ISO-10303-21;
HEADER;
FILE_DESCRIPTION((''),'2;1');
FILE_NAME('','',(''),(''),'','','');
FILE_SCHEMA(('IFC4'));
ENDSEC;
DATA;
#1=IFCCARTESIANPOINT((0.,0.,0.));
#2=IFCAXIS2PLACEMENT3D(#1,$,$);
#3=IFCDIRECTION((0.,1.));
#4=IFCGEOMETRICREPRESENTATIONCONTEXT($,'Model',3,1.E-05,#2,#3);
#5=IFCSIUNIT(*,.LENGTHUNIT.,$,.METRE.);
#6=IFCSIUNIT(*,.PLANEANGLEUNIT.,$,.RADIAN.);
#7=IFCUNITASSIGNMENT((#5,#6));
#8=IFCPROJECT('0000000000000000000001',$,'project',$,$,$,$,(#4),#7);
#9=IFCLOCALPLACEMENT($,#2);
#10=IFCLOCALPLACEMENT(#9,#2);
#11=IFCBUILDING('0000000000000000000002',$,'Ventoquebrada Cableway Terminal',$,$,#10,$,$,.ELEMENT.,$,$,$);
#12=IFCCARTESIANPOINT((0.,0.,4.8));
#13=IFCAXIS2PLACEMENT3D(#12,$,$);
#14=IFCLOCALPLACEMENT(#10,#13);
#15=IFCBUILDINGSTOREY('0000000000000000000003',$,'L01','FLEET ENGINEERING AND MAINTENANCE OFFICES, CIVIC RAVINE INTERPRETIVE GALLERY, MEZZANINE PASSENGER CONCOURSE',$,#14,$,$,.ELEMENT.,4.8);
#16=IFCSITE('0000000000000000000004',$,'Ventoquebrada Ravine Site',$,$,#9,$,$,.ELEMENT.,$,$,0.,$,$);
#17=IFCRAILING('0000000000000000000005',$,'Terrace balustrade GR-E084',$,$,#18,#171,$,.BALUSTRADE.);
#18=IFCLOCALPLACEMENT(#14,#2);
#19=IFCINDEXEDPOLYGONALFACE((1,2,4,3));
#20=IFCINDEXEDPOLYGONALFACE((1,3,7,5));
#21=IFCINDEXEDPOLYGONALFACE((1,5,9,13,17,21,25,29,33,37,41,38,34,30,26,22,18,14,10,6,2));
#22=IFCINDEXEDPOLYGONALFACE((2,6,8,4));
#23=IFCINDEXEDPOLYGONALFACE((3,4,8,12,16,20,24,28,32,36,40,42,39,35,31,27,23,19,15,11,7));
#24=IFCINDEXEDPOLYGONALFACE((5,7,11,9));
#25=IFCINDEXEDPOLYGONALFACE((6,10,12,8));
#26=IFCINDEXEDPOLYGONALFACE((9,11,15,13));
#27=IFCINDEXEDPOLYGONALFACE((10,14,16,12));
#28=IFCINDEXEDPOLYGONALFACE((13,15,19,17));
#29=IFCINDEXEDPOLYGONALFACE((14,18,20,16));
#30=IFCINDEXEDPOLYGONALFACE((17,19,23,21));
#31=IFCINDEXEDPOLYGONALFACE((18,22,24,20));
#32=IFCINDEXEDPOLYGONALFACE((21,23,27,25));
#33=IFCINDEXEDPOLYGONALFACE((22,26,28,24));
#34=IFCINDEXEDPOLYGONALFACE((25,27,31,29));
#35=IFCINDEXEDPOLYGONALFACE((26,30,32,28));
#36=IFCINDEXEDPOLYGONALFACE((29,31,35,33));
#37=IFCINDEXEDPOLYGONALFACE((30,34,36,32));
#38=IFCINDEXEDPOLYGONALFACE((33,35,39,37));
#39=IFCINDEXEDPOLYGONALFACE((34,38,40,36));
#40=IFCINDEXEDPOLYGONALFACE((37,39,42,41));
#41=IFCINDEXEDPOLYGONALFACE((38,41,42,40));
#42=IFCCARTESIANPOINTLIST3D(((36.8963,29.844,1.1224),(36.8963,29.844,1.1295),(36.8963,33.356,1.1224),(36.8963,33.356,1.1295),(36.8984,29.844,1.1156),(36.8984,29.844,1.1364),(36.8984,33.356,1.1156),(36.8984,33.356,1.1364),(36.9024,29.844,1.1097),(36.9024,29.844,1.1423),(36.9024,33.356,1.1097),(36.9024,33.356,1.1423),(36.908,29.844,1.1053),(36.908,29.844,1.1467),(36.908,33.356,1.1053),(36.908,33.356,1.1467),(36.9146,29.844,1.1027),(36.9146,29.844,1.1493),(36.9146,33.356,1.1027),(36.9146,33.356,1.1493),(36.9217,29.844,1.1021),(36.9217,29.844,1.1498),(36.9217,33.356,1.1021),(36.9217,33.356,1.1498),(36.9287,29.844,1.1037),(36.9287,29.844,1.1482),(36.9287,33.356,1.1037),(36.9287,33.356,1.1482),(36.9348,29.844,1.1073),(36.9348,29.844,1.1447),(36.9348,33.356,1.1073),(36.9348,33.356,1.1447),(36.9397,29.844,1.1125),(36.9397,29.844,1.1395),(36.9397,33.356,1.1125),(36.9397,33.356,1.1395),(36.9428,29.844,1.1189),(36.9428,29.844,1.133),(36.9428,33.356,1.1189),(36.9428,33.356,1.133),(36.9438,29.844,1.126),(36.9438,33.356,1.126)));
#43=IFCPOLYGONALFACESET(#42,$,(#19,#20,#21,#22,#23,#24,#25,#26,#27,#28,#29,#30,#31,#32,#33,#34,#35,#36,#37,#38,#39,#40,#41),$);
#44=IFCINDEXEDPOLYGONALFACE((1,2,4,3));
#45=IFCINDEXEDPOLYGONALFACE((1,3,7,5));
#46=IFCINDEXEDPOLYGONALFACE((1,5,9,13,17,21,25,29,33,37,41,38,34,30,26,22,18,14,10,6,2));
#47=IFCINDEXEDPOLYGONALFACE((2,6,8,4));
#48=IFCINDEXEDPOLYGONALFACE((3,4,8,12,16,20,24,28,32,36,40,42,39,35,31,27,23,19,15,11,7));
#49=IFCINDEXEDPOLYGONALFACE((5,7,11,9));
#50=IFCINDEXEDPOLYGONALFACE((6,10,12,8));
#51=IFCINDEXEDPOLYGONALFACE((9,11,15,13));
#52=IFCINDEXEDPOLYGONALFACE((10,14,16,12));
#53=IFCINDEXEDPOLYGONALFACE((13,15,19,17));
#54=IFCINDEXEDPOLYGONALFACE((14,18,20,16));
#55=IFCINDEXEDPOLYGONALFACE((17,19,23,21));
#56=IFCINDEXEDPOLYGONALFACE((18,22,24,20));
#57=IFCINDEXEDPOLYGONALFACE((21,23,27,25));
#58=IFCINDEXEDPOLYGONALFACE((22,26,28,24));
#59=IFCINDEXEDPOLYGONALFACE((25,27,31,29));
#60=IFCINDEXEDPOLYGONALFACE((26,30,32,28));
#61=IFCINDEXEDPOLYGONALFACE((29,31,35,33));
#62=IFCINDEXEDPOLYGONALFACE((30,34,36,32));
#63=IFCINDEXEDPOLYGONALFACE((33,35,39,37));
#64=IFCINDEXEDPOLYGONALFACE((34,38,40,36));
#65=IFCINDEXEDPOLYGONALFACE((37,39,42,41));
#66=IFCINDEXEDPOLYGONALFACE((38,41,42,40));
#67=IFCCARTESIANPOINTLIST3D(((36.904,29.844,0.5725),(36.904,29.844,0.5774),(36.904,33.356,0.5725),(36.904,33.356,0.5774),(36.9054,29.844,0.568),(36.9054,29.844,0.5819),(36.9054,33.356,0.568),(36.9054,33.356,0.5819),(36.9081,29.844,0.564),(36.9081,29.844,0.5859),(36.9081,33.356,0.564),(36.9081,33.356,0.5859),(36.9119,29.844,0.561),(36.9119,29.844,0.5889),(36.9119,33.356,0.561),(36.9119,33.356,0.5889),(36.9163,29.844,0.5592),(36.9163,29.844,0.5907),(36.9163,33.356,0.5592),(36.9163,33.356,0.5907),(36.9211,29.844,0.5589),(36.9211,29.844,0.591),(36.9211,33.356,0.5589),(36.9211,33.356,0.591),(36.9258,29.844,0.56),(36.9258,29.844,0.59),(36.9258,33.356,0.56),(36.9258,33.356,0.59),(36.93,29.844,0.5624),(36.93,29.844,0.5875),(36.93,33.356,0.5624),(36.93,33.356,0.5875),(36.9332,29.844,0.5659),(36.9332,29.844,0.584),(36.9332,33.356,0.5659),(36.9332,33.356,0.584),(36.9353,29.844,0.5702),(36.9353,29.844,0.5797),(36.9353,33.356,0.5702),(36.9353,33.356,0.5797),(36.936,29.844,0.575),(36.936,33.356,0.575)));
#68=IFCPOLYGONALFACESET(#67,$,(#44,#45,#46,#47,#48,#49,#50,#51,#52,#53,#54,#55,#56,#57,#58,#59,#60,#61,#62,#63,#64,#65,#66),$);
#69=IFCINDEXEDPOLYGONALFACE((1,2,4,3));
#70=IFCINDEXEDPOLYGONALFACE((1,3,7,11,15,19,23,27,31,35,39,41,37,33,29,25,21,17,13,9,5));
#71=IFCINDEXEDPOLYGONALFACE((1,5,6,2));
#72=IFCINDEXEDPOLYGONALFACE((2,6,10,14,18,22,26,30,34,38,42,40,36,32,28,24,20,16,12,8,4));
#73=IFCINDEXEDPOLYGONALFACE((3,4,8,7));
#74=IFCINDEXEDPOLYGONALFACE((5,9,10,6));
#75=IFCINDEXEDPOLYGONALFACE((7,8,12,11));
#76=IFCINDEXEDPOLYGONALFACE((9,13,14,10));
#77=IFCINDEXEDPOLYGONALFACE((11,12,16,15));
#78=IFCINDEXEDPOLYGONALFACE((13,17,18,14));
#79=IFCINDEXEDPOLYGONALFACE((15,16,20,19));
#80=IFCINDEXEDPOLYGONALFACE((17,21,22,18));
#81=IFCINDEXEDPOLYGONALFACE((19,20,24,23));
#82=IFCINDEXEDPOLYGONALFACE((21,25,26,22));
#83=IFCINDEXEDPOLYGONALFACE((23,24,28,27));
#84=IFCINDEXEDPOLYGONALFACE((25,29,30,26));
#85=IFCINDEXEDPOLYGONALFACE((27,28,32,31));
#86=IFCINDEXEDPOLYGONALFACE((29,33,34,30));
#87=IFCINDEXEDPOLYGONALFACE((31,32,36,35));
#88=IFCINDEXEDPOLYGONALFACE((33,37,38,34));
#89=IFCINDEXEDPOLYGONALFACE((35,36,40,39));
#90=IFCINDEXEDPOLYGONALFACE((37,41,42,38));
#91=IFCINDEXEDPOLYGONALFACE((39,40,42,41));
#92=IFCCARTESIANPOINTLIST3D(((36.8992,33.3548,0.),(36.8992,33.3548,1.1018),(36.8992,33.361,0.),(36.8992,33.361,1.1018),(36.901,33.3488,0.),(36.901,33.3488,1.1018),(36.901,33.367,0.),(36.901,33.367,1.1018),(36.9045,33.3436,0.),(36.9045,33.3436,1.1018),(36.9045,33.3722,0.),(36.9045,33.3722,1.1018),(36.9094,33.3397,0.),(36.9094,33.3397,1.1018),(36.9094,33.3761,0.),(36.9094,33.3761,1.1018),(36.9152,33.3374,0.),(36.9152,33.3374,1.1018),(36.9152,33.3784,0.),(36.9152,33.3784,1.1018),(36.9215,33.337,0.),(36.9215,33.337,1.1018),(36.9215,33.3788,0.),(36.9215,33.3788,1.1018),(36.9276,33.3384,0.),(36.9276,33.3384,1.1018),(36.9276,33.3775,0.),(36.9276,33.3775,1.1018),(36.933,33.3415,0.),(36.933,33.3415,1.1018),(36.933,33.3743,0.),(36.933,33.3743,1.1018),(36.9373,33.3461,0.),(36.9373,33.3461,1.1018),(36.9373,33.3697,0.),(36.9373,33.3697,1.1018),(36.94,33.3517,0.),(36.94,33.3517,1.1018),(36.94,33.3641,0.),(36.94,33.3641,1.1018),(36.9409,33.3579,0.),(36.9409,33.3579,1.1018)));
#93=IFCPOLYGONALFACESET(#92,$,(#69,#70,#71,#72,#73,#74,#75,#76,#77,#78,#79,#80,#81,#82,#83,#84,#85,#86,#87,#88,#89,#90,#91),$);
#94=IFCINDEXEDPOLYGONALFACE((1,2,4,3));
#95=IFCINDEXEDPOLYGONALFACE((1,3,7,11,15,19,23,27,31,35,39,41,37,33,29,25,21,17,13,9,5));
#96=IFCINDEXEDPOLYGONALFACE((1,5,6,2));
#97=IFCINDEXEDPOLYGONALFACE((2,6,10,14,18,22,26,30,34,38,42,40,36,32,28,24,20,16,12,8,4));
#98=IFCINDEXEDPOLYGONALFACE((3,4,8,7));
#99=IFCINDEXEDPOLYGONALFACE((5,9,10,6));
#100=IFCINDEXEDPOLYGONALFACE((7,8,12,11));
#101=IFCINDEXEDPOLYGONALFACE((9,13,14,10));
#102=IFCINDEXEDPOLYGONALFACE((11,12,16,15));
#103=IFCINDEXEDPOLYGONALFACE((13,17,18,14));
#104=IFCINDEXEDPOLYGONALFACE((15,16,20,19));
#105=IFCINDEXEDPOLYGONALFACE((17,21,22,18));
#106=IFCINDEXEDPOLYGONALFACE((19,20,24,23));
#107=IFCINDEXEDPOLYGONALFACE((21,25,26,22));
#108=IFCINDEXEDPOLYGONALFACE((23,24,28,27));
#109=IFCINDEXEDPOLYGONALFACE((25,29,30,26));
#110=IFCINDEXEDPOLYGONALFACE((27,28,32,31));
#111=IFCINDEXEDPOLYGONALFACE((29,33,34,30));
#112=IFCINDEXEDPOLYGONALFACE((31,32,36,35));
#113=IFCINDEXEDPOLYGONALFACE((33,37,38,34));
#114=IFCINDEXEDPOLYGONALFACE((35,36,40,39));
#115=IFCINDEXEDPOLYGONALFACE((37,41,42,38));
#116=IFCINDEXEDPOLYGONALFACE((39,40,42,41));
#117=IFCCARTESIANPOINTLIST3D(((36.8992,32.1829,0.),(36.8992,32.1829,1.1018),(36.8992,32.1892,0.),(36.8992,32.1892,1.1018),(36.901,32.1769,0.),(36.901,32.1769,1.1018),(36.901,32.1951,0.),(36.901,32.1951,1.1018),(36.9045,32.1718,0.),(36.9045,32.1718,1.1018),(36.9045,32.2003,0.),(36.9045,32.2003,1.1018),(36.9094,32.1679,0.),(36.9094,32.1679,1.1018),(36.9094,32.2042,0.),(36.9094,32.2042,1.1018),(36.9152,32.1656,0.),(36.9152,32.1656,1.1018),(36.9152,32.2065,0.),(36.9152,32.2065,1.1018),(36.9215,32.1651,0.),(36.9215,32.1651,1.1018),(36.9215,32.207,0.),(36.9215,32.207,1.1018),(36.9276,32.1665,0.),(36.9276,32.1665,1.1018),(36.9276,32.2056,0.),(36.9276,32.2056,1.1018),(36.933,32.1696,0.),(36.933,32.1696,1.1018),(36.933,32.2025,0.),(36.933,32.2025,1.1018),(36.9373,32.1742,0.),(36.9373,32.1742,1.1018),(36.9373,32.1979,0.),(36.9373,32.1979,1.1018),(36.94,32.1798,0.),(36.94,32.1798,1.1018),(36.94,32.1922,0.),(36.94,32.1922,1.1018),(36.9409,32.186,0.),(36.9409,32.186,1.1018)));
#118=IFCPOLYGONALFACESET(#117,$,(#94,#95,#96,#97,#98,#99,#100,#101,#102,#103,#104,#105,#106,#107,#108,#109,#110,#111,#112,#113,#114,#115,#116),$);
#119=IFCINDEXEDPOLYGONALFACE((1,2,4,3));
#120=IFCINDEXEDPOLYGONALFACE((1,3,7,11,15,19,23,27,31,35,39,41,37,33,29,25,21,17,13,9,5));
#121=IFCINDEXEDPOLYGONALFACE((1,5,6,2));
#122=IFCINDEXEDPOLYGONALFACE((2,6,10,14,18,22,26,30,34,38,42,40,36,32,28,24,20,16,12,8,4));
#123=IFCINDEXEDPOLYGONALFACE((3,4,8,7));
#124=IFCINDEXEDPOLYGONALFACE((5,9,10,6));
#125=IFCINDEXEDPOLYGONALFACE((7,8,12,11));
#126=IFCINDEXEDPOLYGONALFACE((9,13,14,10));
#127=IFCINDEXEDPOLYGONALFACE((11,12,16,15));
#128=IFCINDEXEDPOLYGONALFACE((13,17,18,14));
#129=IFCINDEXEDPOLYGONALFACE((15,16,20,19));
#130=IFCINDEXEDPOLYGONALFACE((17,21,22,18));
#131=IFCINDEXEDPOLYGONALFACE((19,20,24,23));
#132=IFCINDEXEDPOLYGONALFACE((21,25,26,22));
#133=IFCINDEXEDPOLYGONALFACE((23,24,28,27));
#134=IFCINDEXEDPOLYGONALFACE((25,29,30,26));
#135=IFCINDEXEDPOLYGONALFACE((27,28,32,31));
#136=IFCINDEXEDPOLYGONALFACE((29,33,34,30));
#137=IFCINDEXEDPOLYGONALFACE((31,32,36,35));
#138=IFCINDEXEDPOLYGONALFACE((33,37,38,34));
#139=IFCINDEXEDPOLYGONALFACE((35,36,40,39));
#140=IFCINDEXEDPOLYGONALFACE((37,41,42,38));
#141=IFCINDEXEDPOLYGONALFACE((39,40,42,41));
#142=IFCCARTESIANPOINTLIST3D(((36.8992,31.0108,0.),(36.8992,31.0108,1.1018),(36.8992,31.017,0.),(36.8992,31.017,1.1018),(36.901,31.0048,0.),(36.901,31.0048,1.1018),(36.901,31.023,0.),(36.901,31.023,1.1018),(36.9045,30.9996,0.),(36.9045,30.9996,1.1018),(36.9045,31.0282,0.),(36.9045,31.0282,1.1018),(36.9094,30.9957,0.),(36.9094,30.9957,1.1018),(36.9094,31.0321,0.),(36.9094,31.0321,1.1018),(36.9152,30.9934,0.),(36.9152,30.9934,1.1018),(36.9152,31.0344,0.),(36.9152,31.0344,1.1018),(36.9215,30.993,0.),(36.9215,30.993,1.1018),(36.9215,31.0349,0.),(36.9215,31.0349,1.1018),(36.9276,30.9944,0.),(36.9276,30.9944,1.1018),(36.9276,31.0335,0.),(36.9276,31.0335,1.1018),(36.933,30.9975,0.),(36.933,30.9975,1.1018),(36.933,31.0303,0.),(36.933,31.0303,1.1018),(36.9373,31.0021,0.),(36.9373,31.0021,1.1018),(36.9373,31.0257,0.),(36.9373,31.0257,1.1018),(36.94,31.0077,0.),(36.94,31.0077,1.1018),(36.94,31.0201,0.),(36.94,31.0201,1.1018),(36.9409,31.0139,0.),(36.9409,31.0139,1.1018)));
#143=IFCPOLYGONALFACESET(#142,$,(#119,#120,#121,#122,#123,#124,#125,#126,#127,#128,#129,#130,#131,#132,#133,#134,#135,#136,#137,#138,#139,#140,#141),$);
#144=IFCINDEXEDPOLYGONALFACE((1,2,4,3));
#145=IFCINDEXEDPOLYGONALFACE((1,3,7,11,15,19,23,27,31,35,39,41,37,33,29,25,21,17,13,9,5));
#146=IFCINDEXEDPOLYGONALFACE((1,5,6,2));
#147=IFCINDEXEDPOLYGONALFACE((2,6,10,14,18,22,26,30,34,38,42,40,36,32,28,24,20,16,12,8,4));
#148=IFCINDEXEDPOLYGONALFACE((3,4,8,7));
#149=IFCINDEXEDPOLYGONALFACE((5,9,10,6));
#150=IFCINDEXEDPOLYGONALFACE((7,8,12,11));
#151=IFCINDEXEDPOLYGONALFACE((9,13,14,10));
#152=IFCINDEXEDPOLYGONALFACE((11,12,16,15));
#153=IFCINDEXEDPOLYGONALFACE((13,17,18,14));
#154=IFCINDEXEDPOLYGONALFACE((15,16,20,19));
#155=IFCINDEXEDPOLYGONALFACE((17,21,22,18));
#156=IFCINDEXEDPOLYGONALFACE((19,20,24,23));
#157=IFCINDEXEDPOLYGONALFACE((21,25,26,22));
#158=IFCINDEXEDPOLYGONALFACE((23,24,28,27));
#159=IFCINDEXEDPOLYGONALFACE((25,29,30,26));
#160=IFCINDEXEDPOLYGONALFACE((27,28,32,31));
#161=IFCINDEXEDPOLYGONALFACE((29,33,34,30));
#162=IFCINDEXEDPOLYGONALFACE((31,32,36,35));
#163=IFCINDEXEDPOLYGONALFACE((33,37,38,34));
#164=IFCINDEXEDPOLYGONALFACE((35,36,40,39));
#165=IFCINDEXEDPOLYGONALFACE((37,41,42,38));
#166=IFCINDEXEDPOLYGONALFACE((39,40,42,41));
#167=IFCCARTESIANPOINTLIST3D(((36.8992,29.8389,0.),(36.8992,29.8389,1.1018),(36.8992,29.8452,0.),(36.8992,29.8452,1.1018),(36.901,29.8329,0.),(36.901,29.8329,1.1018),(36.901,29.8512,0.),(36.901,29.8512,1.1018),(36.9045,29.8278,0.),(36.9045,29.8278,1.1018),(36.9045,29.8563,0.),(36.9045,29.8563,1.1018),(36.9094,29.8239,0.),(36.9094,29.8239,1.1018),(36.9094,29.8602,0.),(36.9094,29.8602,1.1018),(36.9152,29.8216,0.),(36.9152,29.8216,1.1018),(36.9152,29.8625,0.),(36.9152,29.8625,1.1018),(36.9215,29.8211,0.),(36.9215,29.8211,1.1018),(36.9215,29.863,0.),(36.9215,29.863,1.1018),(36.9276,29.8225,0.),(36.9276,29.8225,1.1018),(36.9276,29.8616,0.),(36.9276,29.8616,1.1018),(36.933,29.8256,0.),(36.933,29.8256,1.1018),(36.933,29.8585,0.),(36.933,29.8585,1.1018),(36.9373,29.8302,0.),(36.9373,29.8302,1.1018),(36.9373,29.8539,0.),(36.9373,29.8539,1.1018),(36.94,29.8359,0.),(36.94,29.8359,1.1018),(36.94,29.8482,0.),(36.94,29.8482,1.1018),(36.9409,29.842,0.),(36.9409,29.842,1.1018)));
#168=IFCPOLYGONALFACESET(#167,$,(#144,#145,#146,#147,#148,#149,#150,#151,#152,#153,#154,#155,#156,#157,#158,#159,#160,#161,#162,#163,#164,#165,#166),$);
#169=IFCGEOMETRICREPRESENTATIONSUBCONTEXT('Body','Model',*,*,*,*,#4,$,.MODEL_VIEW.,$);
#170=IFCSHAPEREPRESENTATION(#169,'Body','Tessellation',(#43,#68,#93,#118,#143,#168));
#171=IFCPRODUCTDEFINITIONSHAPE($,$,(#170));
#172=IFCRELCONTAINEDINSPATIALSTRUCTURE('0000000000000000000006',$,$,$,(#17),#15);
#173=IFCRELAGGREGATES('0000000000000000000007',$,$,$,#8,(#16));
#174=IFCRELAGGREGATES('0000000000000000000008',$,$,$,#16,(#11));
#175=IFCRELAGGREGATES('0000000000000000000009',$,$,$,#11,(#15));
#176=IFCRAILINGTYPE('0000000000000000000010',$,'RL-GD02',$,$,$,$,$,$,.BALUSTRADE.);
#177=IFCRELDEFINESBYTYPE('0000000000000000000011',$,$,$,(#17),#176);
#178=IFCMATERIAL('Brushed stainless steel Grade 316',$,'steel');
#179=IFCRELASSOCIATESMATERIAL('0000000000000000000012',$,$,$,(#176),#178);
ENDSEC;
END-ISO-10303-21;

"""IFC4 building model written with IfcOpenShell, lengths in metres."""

from ifc_helpers import new_model, si_unit, direction, frame, origin, origin_2d, place, context, subcontext, project, spatial, circle, extrude, material, type_object, element, save


model = new_model("IFC4")

# Units and contexts
model_context = context("Model", 3, precision=1e-05, world=origin(), true_north=direction((0.0, 1.0)))
body_context = subcontext(model_context, "Body", "Model", "MODEL_VIEW")
ifc_project = project(units=[si_unit("LENGTHUNIT", "METRE"), si_unit("PLANEANGLEUNIT", "RADIAN")], contexts=[model_context])

# Site, building, storey
site_placement = place(None, origin())
site = spatial("IfcSite", under=ifc_project, at=site_placement, Name="Ventoquebrada Ravine Site", CompositionType="ELEMENT", RefElevation=0.0)
building_placement = place(site_placement, origin())
building = spatial("IfcBuilding", under=site, at=building_placement, Name="Ventoquebrada Cableway Terminal", CompositionType="ELEMENT")
storey_placement = place(building_placement, frame((0.0, 0.0, 4.8)))
storey = spatial("IfcBuildingStorey", under=building, at=storey_placement, Name="L01", Description="FLEET ENGINEERING AND MAINTENANCE OFFICES, CIVIC RAVINE INTERPRETIVE GALLERY, MEZZANINE PASSENGER CONCOURSE", CompositionType="ELEMENT", Elevation=4.8)

# Railing
ifc_material_1 = material(Name="Brushed stainless steel Grade 316", Category="steel")
railing_type_1 = type_object("IfcRailingType", Name="RL-GD02", PredefinedType="BALUSTRADE", material=ifc_material_1)
railing_1_placement = place(storey_placement, frame((36.9199, 33.3579, 0.0)))
element("IfcRailing", 1, at=railing_1_placement, inside=storey, type_object=railing_type_1, Name="Terrace balustrade GR-E084", PredefinedType="BALUSTRADE", context=body_context, shape_type="SweptSolid", body=[
    extrude(circle(Radius=0.0239, at=origin_2d()), frame((0.0, -0.002, 1.126), z_axis=(0.0, -1.0, 0.0), x_axis=(1.0, 0.0, 0.0)), (0.0, 0.0, 1.0), 3.512),
    extrude(circle(Radius=0.0161, at=origin_2d()), frame((0.0, -0.002, 0.575), z_axis=(0.0, -1.0, 0.0), x_axis=(1.0, 0.0, 0.0)), (0.0, 0.0, 1.0), 3.512),
    extrude(circle(Radius=0.021, at=origin_2d()), origin(), (0.0, 0.0, 1.0), 1.1018),
    extrude(circle(Radius=0.021, at=origin_2d()), frame((0.0, -1.1719, 0.0)), (0.0, 0.0, 1.0), 1.1018),
    extrude(circle(Radius=0.021, at=origin_2d()), frame((0.0, -2.344, 0.0)), (0.0, 0.0, 1.0), 1.1018),
    extrude(circle(Radius=0.021, at=origin_2d()), frame((0.0, -3.5159, 0.0)), (0.0, 0.0, 1.0), 1.1018),
])

save(model, "model.ifc")
